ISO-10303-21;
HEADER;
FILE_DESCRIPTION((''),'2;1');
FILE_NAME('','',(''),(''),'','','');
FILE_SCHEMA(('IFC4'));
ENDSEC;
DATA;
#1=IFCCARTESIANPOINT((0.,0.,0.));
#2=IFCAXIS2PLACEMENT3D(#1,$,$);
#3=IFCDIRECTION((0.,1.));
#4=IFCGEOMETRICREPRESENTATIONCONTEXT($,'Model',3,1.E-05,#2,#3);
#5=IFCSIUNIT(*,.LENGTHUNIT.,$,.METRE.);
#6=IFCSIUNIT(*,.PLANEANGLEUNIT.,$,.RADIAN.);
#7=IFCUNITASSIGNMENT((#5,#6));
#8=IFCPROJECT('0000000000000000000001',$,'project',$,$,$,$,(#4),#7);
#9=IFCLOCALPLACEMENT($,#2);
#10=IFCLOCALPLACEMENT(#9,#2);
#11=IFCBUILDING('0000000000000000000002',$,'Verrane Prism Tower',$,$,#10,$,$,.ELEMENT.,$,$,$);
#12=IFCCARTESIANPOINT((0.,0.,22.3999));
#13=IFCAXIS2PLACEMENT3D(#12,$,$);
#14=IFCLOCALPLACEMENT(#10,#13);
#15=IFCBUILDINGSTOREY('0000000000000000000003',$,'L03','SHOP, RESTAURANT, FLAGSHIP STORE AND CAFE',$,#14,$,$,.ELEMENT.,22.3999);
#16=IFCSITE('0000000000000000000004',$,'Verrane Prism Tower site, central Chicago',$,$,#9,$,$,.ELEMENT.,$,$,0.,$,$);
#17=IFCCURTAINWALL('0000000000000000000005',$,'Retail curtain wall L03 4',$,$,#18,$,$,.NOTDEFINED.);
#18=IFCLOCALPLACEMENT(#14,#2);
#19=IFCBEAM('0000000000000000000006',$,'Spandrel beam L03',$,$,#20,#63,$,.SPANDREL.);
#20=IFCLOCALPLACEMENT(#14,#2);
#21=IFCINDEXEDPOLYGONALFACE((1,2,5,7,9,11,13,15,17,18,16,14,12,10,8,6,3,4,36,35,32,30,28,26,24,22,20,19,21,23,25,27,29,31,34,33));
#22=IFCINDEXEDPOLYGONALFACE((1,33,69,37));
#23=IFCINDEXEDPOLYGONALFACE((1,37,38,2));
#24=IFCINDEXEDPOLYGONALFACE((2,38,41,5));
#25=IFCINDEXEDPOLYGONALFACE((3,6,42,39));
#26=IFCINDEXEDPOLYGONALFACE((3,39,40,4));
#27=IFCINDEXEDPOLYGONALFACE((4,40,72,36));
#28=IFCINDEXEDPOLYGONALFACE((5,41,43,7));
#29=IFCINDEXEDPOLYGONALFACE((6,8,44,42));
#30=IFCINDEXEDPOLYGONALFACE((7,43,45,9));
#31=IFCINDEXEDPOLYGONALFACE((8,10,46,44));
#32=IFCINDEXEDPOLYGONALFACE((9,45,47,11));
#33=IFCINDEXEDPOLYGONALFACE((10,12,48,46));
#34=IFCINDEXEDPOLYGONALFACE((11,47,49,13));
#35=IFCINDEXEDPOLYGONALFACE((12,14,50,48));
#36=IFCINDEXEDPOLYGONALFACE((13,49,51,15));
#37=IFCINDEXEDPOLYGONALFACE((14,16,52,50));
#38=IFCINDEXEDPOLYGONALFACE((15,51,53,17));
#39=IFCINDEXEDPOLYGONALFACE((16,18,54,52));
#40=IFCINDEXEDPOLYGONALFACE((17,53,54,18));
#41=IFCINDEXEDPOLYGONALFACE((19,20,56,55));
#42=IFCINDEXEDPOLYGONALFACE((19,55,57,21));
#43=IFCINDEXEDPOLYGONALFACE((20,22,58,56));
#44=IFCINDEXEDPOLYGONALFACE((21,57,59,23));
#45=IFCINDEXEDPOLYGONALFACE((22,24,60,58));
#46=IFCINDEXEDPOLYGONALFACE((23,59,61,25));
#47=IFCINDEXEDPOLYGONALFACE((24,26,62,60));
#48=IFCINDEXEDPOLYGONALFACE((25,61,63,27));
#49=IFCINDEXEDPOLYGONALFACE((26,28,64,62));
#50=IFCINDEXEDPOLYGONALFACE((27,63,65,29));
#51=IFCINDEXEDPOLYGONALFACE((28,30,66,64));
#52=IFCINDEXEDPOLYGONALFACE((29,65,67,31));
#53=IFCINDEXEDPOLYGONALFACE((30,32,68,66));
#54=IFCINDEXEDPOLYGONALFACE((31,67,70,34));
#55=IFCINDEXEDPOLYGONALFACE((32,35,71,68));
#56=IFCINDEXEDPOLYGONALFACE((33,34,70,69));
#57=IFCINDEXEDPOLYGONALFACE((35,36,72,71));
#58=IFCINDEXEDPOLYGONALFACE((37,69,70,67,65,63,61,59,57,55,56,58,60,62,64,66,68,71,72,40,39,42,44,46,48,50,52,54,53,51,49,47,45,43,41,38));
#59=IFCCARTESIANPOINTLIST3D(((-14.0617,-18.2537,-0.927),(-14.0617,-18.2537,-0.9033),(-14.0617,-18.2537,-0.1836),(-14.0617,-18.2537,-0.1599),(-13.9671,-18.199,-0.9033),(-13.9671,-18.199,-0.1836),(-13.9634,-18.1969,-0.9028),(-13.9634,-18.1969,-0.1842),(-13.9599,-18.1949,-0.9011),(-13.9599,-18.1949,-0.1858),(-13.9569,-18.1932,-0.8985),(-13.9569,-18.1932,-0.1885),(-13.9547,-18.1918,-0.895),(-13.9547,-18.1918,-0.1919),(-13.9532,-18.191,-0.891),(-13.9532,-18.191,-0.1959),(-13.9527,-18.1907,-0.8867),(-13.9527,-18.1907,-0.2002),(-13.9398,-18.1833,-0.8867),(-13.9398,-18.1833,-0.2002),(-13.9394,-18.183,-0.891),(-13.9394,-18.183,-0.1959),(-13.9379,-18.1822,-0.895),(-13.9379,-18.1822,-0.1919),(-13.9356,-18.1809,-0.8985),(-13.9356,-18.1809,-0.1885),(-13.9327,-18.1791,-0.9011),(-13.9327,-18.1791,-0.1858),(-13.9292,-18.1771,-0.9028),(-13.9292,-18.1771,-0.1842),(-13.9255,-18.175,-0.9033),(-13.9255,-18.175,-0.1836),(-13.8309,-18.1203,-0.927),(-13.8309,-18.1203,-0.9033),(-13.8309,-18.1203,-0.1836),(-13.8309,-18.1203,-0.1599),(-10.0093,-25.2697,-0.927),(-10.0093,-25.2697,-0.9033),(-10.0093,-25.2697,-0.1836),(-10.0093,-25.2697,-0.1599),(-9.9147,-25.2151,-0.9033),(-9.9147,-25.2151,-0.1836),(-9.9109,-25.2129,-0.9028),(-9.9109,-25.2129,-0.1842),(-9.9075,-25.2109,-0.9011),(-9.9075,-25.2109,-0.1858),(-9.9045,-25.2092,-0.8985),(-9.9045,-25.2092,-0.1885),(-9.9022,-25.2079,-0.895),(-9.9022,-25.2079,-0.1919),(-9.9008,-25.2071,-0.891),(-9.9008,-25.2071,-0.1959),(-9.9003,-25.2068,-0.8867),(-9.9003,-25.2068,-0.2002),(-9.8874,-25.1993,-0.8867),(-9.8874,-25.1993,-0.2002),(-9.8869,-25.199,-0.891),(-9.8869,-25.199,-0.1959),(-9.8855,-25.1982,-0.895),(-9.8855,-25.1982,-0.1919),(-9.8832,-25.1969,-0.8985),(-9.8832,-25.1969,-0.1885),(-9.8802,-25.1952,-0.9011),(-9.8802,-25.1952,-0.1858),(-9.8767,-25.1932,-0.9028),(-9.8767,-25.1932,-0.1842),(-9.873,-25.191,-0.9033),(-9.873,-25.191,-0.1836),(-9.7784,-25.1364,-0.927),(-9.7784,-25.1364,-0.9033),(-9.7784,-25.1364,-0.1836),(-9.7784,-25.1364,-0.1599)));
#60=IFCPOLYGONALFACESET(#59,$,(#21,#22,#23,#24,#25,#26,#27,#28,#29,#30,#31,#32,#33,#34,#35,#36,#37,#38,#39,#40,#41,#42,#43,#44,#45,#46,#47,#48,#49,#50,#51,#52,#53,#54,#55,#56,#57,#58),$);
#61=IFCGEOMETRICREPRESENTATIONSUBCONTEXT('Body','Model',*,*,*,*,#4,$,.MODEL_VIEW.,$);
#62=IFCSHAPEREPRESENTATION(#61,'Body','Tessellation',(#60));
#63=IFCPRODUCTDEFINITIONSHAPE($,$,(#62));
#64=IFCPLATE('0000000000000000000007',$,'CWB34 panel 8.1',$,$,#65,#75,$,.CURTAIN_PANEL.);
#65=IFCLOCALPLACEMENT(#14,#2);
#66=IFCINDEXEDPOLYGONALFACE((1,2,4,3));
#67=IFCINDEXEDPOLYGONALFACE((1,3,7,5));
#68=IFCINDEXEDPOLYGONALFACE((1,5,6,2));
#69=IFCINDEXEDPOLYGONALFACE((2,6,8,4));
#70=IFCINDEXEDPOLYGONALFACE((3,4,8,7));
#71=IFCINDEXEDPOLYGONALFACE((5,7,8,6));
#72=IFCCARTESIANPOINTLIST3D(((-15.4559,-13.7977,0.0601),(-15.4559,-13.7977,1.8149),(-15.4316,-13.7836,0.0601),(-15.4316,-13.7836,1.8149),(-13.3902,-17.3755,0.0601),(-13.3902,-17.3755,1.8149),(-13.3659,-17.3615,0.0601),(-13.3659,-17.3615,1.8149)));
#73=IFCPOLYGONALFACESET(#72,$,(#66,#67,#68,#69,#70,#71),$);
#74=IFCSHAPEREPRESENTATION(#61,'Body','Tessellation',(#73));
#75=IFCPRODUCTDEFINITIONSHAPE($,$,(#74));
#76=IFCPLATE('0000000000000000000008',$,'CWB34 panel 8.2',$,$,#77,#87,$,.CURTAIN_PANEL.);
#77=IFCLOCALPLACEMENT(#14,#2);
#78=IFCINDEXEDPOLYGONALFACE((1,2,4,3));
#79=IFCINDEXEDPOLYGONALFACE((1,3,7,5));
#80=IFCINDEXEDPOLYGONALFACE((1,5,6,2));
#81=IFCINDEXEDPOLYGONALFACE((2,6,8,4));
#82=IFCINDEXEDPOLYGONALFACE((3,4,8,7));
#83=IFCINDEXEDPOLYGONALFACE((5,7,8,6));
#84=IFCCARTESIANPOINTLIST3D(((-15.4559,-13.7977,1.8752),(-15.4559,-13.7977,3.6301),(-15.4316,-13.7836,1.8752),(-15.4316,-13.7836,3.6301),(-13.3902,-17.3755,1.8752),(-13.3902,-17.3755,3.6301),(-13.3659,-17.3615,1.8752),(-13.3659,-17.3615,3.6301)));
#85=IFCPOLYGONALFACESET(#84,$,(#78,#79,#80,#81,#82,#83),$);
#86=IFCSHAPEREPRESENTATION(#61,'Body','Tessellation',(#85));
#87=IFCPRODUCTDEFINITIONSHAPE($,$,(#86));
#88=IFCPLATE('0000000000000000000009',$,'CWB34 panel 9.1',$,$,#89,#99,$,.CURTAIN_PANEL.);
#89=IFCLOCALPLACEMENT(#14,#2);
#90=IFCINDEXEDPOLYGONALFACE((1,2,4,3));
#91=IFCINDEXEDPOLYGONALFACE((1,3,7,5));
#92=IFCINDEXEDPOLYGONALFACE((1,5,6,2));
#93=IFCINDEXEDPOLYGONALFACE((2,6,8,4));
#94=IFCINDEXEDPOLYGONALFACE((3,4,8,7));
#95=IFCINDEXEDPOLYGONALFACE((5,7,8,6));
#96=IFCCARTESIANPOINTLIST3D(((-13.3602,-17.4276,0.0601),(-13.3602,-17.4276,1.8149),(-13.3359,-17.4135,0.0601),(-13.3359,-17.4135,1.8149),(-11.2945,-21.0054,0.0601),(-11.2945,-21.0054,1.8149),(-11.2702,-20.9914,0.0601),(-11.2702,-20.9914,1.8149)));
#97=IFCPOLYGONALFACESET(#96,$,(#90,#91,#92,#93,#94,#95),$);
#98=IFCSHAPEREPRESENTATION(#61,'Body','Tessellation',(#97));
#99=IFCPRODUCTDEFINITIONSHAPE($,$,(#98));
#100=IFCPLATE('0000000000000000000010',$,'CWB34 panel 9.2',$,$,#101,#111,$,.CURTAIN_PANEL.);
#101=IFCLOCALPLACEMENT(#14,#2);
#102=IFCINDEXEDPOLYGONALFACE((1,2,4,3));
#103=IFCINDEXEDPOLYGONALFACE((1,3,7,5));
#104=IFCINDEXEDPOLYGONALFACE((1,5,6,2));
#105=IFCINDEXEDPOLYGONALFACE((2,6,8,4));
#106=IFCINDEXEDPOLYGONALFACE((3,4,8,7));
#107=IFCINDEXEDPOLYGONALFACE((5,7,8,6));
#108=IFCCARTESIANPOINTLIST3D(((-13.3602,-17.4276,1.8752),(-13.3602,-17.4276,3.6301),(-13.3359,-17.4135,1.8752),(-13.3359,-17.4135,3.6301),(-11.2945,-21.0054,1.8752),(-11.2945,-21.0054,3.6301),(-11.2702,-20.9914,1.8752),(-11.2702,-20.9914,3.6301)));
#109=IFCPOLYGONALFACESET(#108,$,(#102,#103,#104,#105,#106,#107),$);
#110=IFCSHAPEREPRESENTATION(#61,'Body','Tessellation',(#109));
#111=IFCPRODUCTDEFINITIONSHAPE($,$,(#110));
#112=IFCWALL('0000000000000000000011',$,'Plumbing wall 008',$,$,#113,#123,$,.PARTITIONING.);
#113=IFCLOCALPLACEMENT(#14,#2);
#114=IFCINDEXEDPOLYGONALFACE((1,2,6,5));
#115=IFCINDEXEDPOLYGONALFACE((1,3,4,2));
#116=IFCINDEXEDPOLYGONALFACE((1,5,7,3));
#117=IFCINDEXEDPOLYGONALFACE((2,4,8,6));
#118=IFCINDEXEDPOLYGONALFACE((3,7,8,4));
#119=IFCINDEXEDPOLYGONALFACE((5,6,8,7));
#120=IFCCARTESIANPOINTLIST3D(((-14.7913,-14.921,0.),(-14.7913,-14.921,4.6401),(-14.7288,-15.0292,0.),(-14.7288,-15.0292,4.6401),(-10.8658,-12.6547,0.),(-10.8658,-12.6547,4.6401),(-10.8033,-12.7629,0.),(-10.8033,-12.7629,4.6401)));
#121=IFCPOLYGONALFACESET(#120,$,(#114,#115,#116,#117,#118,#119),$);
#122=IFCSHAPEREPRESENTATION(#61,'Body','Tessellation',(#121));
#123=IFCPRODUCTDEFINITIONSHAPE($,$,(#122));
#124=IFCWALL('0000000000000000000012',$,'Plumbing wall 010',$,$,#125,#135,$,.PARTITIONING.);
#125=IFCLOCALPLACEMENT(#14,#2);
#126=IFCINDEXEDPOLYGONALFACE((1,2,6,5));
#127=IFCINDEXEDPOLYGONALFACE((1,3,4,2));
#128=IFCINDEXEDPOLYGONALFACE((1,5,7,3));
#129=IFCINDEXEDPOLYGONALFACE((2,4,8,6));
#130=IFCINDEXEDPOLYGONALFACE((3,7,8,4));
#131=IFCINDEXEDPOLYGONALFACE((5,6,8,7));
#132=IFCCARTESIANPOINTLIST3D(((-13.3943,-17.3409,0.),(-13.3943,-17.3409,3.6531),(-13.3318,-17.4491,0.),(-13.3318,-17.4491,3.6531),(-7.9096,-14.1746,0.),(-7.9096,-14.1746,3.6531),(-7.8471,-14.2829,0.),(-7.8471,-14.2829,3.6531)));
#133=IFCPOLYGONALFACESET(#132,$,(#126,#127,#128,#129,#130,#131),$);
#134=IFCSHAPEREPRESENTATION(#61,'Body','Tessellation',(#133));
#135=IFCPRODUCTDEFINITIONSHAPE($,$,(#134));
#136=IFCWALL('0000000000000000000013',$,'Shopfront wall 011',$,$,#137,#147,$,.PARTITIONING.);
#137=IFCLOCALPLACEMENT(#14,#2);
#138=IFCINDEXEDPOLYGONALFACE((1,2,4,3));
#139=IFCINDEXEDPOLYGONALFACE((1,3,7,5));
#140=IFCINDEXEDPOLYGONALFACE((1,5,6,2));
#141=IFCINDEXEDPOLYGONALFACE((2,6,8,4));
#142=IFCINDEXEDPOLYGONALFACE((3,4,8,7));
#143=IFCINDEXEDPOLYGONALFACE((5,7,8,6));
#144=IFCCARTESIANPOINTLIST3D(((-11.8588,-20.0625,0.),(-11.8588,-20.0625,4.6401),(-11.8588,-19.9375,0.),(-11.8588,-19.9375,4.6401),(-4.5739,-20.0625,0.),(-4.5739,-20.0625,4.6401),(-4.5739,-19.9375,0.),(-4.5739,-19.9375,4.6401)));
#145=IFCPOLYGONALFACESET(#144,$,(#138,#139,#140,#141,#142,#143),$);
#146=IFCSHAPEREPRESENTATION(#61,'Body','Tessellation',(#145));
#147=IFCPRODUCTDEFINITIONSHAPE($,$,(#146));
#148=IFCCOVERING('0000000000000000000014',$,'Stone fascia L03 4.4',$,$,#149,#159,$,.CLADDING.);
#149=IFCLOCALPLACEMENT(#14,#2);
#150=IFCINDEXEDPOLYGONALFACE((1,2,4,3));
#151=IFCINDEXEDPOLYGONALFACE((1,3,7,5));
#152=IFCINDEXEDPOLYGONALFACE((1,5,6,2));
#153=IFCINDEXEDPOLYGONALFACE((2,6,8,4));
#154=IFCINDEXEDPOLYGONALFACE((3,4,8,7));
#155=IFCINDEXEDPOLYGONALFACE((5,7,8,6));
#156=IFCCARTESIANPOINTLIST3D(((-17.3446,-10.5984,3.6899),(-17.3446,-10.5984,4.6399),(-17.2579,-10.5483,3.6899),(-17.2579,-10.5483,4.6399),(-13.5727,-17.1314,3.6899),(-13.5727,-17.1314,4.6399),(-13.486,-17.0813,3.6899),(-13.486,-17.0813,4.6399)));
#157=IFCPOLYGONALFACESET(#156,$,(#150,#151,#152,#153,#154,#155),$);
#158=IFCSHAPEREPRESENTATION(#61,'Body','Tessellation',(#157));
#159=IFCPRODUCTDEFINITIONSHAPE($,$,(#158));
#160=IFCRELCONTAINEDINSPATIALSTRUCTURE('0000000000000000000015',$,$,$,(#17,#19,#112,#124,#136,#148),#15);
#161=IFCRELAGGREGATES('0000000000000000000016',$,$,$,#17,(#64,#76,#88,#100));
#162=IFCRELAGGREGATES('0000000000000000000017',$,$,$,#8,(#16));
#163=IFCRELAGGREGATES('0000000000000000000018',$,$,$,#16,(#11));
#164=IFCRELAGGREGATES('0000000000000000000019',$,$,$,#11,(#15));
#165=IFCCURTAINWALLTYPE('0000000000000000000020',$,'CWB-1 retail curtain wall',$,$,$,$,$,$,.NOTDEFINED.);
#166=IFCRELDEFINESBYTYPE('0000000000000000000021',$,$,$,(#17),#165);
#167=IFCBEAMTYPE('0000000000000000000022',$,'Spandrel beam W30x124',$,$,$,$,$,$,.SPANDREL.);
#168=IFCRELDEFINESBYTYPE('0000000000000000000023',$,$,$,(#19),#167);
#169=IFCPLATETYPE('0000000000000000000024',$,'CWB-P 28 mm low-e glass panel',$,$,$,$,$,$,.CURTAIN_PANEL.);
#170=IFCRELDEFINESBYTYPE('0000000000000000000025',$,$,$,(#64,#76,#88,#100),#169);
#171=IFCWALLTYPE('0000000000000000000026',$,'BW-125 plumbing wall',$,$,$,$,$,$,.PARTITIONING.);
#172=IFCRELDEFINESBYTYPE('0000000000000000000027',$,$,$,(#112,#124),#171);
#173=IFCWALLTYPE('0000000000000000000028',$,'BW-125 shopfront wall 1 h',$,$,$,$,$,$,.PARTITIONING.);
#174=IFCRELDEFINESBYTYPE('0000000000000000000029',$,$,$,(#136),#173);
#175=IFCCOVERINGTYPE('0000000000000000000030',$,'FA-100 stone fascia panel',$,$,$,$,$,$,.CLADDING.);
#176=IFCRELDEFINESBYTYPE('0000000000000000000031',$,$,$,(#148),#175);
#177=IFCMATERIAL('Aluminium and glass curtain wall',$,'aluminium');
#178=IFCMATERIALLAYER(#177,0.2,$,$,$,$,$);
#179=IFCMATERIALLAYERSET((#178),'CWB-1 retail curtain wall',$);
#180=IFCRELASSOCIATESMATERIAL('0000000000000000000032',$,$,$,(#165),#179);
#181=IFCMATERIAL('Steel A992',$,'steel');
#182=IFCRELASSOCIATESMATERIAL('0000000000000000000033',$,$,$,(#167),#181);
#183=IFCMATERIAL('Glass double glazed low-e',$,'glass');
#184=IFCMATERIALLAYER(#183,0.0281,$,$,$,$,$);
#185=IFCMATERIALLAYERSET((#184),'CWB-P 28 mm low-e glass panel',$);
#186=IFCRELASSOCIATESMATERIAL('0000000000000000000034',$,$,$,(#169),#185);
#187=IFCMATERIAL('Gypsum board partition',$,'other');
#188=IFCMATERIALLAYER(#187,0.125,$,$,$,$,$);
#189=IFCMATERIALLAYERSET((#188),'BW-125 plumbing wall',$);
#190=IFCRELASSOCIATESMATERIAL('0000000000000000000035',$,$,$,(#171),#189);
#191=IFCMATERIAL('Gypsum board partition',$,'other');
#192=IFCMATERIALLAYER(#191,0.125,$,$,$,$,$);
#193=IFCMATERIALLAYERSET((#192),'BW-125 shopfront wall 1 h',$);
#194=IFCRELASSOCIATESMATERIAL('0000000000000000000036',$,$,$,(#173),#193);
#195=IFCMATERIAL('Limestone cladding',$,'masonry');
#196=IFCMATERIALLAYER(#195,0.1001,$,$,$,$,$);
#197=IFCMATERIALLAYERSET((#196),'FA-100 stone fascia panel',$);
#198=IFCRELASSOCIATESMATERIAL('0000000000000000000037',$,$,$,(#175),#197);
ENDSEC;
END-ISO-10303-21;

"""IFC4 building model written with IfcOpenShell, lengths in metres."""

from ifc_helpers import new_model, si_unit, direction, frame, frame_2d, origin, origin_2d, place, context, subcontext, project, spatial, rectangle, i_section, extrude, material, layer, layer_set, material_profile, profile_set, type_object, element, aggregate, save


model = new_model("IFC4")

# Units and contexts
model_context = context("Model", 3, precision=1e-05, world=origin(), true_north=direction((0.0, 1.0)))
body_context = subcontext(model_context, "Body", "Model", "MODEL_VIEW")
ifc_project = project(units=[si_unit("LENGTHUNIT", "METRE"), si_unit("PLANEANGLEUNIT", "RADIAN")], contexts=[model_context])

# Site, building, storey
site_placement = place(None, origin())
site = spatial("IfcSite", under=ifc_project, at=site_placement, Name="Verrane Prism Tower site, central Chicago", CompositionType="ELEMENT", RefElevation=0.0)
building_placement = place(site_placement, origin())
building = spatial("IfcBuilding", under=site, at=building_placement, Name="Verrane Prism Tower", CompositionType="ELEMENT")
storey_placement = place(building_placement, frame((0.0, 0.0, 22.3999)))
storey = spatial("IfcBuildingStorey", under=building, at=storey_placement, Name="L03", Description="SHOP, RESTAURANT, FLAGSHIP STORE AND CAFE", CompositionType="ELEMENT", Elevation=22.3999)

# Curtain wall
ifc_material_1 = material(Name="Aluminium and glass curtain wall", Category="aluminium")
ifc_layer_1 = layer(ifc_material_1, 0.2)
ifc_layer_set_1 = layer_set([ifc_layer_1], Name="CWB-1 retail curtain wall")
curtain_wall_type = type_object("IfcCurtainWallType", Name="CWB-1 retail curtain wall", PredefinedType="NOTDEFINED", material=ifc_layer_set_1)
curtain_wall_placement = place(storey_placement, origin())
curtain_wall = element("IfcCurtainWall", 1, at=curtain_wall_placement, inside=storey, type_object=curtain_wall_type, Name="Retail curtain wall L03 4", PredefinedType="NOTDEFINED")

# Beam
ifc_material_2 = material(Name="Steel A992", Category="steel")
ifc_material_profile_1 = material_profile(ifc_material_2, i_section(OverallWidth=0.2666, OverallDepth=0.7671, WebThickness=0.0149, FlangeThickness=0.0237, FilletRadius=0.0166, at=origin_2d()), Name="W30x124")
ifc_profile_set_1 = profile_set([ifc_material_profile_1], Name="Steel A992")
beam_type_1 = type_object("IfcBeamType", Name="Spandrel beam W30x124", PredefinedType="SPANDREL", material=ifc_profile_set_1)
beam_1_placement = place(storey_placement, frame((-13.9463, -18.187, -0.5435), z_axis=(0.500161, -0.865933, 0.0), x_axis=(0.865933, 0.500161, 0.0)))
element("IfcBeam", 2, at=beam_1_placement, inside=storey, type_object=beam_type_1, Name="Spandrel beam L03", PredefinedType="SPANDREL", context=body_context, shape_type="SweptSolid", body=[
    extrude(i_section(OverallWidth=0.2666, OverallDepth=0.7671, WebThickness=0.0149, FlangeThickness=0.0237, FilletRadius=0.0166, at=origin_2d()), origin(), (0.0, 0.0, 1.0), 8.1023),
])

# Plates
ifc_material_3 = material(Name="Glass double glazed low-e", Category="glass")
ifc_layer_2 = layer(ifc_material_3, 0.0281)
ifc_layer_set_2 = layer_set([ifc_layer_2], Name="CWB-P 28 mm low-e glass panel")
plate_type = type_object("IfcPlateType", Name="CWB-P 28 mm low-e glass panel", PredefinedType="CURTAIN_PANEL", material=ifc_layer_set_2)
plate_1_placement = place(storey_placement, frame((-14.4109, -15.5796, 0.0601), z_axis=(0.0, 0.0, 1.0), x_axis=(0.5, -0.866025, 0.0)))
plate_1 = element("IfcPlate", 3, at=plate_1_placement, type_object=plate_type, Name="CWB34 panel 8.1", PredefinedType="CURTAIN_PANEL", context=body_context, shape_type="SweptSolid", body=[
    extrude(rectangle(XDim=4.1313, YDim=0.0281, at=origin_2d()), origin(), (0.0, 0.0, 1.0), 1.7549),
])
plate_2_placement = place(storey_placement, frame((-14.4109, -15.5796, 1.8752), z_axis=(0.0, 0.0, 1.0), x_axis=(0.5, -0.866025, 0.0)))
plate_2 = element("IfcPlate", 4, at=plate_2_placement, type_object=plate_type, Name="CWB34 panel 8.2", PredefinedType="CURTAIN_PANEL", context=body_context, shape_type="SweptSolid", body=[
    extrude(rectangle(XDim=4.1313, YDim=0.0281, at=origin_2d()), origin(), (0.0, 0.0, 1.0), 1.7549),
])
plate_3_placement = place(storey_placement, frame((-12.3152, -19.2095, 0.0601), z_axis=(0.0, 0.0, 1.0), x_axis=(0.5, -0.866025, 0.0)))
plate_3 = element("IfcPlate", 5, at=plate_3_placement, type_object=plate_type, Name="CWB34 panel 9.1", PredefinedType="CURTAIN_PANEL", context=body_context, shape_type="SweptSolid", body=[
    extrude(rectangle(XDim=4.1313, YDim=0.0281, at=origin_2d()), origin(), (0.0, 0.0, 1.0), 1.7549),
])
plate_4_placement = place(storey_placement, frame((-12.3152, -19.2095, 1.8752), z_axis=(0.0, 0.0, 1.0), x_axis=(0.5, -0.866025, 0.0)))
plate_4 = element("IfcPlate", 6, at=plate_4_placement, type_object=plate_type, Name="CWB34 panel 9.2", PredefinedType="CURTAIN_PANEL", context=body_context, shape_type="SweptSolid", body=[
    extrude(rectangle(XDim=4.1313, YDim=0.0281, at=origin_2d()), origin(), (0.0, 0.0, 1.0), 1.7549),
])
aggregate(curtain_wall, [plate_1, plate_2, plate_3, plate_4])

# Walls
ifc_material_4 = material(Name="Gypsum board partition", Category="other")
ifc_layer_3 = layer(ifc_material_4, 0.125)
ifc_layer_set_3 = layer_set([ifc_layer_3], Name="BW-125 plumbing wall")
wall_type_1 = type_object("IfcWallType", Name="BW-125 plumbing wall", PredefinedType="PARTITIONING", material=ifc_layer_set_3)
wall_1_placement = place(storey_placement, frame((-14.76, -14.9751, 0.0), z_axis=(0.0, 0.0, 1.0), x_axis=(0.86603, 0.499991, 0.0)))
element("IfcWall", 7, at=wall_1_placement, inside=storey, type_object=wall_type_1, Name="Plumbing wall 008", PredefinedType="PARTITIONING", context=body_context, shape_type="SweptSolid", body=[
    extrude(rectangle(XDim=4.5327, YDim=0.125, at=frame_2d((2.2664, 0.0))), origin(), (0.0, 0.0, 1.0), 4.6401),
])
wall_2_placement = place(storey_placement, frame((-13.363, -17.395, 0.0), z_axis=(0.0, 0.0, 1.0), x_axis=(0.866045, 0.499966, 0.0)))
element("IfcWall", 8, at=wall_2_placement, inside=storey, type_object=wall_type_1, Name="Plumbing wall 010", PredefinedType="PARTITIONING", context=body_context, shape_type="SweptSolid", body=[
    extrude(rectangle(XDim=6.333, YDim=0.125, at=frame_2d((3.1665, 0.0))), origin(), (0.0, 0.0, 1.0), 3.6531),
])
ifc_material_5 = material(Name="Gypsum board partition", Category="other")
ifc_layer_4 = layer(ifc_material_5, 0.125)
ifc_layer_set_4 = layer_set([ifc_layer_4], Name="BW-125 shopfront wall 1 h")
wall_type_2 = type_object("IfcWallType", Name="BW-125 shopfront wall 1 h", PredefinedType="PARTITIONING", material=ifc_layer_set_4)
wall_3_placement = place(storey_placement, frame((-11.8589, -20.0, 0.0), z_axis=(0.0, 0.0, 1.0), x_axis=(1.0, 0.0, 0.0)))
element("IfcWall", 9, at=wall_3_placement, inside=storey, type_object=wall_type_2, Name="Shopfront wall 011", PredefinedType="PARTITIONING", context=body_context, shape_type="SweptSolid", body=[
    extrude(rectangle(XDim=7.2849, YDim=0.125, at=frame_2d((3.6426, 0.0))), origin(), (0.0, 0.0, 1.0), 4.6401),
])

# Covering
ifc_material_6 = material(Name="Limestone cladding", Category="masonry")
ifc_layer_5 = layer(ifc_material_6, 0.1001)
ifc_layer_set_5 = layer_set([ifc_layer_5], Name="FA-100 stone fascia panel")
covering_type = type_object("IfcCoveringType", Name="FA-100 stone fascia panel", PredefinedType="CLADDING", material=ifc_layer_set_5)
covering_placement = place(storey_placement, frame((-15.4153, -13.8398, 3.6899), z_axis=(0.0, 0.0, 1.0), x_axis=(0.5, -0.866025, 0.0)))
element("IfcCovering", 10, at=covering_placement, inside=storey, type_object=covering_type, Name="Stone fascia L03 4.4", PredefinedType="CLADDING", context=body_context, shape_type="SweptSolid", body=[
    extrude(rectangle(XDim=7.5437, YDim=0.1001, at=origin_2d()), origin(), (0.0, 0.0, 1.0), 0.95),
])

save(model, "model.ifc")
